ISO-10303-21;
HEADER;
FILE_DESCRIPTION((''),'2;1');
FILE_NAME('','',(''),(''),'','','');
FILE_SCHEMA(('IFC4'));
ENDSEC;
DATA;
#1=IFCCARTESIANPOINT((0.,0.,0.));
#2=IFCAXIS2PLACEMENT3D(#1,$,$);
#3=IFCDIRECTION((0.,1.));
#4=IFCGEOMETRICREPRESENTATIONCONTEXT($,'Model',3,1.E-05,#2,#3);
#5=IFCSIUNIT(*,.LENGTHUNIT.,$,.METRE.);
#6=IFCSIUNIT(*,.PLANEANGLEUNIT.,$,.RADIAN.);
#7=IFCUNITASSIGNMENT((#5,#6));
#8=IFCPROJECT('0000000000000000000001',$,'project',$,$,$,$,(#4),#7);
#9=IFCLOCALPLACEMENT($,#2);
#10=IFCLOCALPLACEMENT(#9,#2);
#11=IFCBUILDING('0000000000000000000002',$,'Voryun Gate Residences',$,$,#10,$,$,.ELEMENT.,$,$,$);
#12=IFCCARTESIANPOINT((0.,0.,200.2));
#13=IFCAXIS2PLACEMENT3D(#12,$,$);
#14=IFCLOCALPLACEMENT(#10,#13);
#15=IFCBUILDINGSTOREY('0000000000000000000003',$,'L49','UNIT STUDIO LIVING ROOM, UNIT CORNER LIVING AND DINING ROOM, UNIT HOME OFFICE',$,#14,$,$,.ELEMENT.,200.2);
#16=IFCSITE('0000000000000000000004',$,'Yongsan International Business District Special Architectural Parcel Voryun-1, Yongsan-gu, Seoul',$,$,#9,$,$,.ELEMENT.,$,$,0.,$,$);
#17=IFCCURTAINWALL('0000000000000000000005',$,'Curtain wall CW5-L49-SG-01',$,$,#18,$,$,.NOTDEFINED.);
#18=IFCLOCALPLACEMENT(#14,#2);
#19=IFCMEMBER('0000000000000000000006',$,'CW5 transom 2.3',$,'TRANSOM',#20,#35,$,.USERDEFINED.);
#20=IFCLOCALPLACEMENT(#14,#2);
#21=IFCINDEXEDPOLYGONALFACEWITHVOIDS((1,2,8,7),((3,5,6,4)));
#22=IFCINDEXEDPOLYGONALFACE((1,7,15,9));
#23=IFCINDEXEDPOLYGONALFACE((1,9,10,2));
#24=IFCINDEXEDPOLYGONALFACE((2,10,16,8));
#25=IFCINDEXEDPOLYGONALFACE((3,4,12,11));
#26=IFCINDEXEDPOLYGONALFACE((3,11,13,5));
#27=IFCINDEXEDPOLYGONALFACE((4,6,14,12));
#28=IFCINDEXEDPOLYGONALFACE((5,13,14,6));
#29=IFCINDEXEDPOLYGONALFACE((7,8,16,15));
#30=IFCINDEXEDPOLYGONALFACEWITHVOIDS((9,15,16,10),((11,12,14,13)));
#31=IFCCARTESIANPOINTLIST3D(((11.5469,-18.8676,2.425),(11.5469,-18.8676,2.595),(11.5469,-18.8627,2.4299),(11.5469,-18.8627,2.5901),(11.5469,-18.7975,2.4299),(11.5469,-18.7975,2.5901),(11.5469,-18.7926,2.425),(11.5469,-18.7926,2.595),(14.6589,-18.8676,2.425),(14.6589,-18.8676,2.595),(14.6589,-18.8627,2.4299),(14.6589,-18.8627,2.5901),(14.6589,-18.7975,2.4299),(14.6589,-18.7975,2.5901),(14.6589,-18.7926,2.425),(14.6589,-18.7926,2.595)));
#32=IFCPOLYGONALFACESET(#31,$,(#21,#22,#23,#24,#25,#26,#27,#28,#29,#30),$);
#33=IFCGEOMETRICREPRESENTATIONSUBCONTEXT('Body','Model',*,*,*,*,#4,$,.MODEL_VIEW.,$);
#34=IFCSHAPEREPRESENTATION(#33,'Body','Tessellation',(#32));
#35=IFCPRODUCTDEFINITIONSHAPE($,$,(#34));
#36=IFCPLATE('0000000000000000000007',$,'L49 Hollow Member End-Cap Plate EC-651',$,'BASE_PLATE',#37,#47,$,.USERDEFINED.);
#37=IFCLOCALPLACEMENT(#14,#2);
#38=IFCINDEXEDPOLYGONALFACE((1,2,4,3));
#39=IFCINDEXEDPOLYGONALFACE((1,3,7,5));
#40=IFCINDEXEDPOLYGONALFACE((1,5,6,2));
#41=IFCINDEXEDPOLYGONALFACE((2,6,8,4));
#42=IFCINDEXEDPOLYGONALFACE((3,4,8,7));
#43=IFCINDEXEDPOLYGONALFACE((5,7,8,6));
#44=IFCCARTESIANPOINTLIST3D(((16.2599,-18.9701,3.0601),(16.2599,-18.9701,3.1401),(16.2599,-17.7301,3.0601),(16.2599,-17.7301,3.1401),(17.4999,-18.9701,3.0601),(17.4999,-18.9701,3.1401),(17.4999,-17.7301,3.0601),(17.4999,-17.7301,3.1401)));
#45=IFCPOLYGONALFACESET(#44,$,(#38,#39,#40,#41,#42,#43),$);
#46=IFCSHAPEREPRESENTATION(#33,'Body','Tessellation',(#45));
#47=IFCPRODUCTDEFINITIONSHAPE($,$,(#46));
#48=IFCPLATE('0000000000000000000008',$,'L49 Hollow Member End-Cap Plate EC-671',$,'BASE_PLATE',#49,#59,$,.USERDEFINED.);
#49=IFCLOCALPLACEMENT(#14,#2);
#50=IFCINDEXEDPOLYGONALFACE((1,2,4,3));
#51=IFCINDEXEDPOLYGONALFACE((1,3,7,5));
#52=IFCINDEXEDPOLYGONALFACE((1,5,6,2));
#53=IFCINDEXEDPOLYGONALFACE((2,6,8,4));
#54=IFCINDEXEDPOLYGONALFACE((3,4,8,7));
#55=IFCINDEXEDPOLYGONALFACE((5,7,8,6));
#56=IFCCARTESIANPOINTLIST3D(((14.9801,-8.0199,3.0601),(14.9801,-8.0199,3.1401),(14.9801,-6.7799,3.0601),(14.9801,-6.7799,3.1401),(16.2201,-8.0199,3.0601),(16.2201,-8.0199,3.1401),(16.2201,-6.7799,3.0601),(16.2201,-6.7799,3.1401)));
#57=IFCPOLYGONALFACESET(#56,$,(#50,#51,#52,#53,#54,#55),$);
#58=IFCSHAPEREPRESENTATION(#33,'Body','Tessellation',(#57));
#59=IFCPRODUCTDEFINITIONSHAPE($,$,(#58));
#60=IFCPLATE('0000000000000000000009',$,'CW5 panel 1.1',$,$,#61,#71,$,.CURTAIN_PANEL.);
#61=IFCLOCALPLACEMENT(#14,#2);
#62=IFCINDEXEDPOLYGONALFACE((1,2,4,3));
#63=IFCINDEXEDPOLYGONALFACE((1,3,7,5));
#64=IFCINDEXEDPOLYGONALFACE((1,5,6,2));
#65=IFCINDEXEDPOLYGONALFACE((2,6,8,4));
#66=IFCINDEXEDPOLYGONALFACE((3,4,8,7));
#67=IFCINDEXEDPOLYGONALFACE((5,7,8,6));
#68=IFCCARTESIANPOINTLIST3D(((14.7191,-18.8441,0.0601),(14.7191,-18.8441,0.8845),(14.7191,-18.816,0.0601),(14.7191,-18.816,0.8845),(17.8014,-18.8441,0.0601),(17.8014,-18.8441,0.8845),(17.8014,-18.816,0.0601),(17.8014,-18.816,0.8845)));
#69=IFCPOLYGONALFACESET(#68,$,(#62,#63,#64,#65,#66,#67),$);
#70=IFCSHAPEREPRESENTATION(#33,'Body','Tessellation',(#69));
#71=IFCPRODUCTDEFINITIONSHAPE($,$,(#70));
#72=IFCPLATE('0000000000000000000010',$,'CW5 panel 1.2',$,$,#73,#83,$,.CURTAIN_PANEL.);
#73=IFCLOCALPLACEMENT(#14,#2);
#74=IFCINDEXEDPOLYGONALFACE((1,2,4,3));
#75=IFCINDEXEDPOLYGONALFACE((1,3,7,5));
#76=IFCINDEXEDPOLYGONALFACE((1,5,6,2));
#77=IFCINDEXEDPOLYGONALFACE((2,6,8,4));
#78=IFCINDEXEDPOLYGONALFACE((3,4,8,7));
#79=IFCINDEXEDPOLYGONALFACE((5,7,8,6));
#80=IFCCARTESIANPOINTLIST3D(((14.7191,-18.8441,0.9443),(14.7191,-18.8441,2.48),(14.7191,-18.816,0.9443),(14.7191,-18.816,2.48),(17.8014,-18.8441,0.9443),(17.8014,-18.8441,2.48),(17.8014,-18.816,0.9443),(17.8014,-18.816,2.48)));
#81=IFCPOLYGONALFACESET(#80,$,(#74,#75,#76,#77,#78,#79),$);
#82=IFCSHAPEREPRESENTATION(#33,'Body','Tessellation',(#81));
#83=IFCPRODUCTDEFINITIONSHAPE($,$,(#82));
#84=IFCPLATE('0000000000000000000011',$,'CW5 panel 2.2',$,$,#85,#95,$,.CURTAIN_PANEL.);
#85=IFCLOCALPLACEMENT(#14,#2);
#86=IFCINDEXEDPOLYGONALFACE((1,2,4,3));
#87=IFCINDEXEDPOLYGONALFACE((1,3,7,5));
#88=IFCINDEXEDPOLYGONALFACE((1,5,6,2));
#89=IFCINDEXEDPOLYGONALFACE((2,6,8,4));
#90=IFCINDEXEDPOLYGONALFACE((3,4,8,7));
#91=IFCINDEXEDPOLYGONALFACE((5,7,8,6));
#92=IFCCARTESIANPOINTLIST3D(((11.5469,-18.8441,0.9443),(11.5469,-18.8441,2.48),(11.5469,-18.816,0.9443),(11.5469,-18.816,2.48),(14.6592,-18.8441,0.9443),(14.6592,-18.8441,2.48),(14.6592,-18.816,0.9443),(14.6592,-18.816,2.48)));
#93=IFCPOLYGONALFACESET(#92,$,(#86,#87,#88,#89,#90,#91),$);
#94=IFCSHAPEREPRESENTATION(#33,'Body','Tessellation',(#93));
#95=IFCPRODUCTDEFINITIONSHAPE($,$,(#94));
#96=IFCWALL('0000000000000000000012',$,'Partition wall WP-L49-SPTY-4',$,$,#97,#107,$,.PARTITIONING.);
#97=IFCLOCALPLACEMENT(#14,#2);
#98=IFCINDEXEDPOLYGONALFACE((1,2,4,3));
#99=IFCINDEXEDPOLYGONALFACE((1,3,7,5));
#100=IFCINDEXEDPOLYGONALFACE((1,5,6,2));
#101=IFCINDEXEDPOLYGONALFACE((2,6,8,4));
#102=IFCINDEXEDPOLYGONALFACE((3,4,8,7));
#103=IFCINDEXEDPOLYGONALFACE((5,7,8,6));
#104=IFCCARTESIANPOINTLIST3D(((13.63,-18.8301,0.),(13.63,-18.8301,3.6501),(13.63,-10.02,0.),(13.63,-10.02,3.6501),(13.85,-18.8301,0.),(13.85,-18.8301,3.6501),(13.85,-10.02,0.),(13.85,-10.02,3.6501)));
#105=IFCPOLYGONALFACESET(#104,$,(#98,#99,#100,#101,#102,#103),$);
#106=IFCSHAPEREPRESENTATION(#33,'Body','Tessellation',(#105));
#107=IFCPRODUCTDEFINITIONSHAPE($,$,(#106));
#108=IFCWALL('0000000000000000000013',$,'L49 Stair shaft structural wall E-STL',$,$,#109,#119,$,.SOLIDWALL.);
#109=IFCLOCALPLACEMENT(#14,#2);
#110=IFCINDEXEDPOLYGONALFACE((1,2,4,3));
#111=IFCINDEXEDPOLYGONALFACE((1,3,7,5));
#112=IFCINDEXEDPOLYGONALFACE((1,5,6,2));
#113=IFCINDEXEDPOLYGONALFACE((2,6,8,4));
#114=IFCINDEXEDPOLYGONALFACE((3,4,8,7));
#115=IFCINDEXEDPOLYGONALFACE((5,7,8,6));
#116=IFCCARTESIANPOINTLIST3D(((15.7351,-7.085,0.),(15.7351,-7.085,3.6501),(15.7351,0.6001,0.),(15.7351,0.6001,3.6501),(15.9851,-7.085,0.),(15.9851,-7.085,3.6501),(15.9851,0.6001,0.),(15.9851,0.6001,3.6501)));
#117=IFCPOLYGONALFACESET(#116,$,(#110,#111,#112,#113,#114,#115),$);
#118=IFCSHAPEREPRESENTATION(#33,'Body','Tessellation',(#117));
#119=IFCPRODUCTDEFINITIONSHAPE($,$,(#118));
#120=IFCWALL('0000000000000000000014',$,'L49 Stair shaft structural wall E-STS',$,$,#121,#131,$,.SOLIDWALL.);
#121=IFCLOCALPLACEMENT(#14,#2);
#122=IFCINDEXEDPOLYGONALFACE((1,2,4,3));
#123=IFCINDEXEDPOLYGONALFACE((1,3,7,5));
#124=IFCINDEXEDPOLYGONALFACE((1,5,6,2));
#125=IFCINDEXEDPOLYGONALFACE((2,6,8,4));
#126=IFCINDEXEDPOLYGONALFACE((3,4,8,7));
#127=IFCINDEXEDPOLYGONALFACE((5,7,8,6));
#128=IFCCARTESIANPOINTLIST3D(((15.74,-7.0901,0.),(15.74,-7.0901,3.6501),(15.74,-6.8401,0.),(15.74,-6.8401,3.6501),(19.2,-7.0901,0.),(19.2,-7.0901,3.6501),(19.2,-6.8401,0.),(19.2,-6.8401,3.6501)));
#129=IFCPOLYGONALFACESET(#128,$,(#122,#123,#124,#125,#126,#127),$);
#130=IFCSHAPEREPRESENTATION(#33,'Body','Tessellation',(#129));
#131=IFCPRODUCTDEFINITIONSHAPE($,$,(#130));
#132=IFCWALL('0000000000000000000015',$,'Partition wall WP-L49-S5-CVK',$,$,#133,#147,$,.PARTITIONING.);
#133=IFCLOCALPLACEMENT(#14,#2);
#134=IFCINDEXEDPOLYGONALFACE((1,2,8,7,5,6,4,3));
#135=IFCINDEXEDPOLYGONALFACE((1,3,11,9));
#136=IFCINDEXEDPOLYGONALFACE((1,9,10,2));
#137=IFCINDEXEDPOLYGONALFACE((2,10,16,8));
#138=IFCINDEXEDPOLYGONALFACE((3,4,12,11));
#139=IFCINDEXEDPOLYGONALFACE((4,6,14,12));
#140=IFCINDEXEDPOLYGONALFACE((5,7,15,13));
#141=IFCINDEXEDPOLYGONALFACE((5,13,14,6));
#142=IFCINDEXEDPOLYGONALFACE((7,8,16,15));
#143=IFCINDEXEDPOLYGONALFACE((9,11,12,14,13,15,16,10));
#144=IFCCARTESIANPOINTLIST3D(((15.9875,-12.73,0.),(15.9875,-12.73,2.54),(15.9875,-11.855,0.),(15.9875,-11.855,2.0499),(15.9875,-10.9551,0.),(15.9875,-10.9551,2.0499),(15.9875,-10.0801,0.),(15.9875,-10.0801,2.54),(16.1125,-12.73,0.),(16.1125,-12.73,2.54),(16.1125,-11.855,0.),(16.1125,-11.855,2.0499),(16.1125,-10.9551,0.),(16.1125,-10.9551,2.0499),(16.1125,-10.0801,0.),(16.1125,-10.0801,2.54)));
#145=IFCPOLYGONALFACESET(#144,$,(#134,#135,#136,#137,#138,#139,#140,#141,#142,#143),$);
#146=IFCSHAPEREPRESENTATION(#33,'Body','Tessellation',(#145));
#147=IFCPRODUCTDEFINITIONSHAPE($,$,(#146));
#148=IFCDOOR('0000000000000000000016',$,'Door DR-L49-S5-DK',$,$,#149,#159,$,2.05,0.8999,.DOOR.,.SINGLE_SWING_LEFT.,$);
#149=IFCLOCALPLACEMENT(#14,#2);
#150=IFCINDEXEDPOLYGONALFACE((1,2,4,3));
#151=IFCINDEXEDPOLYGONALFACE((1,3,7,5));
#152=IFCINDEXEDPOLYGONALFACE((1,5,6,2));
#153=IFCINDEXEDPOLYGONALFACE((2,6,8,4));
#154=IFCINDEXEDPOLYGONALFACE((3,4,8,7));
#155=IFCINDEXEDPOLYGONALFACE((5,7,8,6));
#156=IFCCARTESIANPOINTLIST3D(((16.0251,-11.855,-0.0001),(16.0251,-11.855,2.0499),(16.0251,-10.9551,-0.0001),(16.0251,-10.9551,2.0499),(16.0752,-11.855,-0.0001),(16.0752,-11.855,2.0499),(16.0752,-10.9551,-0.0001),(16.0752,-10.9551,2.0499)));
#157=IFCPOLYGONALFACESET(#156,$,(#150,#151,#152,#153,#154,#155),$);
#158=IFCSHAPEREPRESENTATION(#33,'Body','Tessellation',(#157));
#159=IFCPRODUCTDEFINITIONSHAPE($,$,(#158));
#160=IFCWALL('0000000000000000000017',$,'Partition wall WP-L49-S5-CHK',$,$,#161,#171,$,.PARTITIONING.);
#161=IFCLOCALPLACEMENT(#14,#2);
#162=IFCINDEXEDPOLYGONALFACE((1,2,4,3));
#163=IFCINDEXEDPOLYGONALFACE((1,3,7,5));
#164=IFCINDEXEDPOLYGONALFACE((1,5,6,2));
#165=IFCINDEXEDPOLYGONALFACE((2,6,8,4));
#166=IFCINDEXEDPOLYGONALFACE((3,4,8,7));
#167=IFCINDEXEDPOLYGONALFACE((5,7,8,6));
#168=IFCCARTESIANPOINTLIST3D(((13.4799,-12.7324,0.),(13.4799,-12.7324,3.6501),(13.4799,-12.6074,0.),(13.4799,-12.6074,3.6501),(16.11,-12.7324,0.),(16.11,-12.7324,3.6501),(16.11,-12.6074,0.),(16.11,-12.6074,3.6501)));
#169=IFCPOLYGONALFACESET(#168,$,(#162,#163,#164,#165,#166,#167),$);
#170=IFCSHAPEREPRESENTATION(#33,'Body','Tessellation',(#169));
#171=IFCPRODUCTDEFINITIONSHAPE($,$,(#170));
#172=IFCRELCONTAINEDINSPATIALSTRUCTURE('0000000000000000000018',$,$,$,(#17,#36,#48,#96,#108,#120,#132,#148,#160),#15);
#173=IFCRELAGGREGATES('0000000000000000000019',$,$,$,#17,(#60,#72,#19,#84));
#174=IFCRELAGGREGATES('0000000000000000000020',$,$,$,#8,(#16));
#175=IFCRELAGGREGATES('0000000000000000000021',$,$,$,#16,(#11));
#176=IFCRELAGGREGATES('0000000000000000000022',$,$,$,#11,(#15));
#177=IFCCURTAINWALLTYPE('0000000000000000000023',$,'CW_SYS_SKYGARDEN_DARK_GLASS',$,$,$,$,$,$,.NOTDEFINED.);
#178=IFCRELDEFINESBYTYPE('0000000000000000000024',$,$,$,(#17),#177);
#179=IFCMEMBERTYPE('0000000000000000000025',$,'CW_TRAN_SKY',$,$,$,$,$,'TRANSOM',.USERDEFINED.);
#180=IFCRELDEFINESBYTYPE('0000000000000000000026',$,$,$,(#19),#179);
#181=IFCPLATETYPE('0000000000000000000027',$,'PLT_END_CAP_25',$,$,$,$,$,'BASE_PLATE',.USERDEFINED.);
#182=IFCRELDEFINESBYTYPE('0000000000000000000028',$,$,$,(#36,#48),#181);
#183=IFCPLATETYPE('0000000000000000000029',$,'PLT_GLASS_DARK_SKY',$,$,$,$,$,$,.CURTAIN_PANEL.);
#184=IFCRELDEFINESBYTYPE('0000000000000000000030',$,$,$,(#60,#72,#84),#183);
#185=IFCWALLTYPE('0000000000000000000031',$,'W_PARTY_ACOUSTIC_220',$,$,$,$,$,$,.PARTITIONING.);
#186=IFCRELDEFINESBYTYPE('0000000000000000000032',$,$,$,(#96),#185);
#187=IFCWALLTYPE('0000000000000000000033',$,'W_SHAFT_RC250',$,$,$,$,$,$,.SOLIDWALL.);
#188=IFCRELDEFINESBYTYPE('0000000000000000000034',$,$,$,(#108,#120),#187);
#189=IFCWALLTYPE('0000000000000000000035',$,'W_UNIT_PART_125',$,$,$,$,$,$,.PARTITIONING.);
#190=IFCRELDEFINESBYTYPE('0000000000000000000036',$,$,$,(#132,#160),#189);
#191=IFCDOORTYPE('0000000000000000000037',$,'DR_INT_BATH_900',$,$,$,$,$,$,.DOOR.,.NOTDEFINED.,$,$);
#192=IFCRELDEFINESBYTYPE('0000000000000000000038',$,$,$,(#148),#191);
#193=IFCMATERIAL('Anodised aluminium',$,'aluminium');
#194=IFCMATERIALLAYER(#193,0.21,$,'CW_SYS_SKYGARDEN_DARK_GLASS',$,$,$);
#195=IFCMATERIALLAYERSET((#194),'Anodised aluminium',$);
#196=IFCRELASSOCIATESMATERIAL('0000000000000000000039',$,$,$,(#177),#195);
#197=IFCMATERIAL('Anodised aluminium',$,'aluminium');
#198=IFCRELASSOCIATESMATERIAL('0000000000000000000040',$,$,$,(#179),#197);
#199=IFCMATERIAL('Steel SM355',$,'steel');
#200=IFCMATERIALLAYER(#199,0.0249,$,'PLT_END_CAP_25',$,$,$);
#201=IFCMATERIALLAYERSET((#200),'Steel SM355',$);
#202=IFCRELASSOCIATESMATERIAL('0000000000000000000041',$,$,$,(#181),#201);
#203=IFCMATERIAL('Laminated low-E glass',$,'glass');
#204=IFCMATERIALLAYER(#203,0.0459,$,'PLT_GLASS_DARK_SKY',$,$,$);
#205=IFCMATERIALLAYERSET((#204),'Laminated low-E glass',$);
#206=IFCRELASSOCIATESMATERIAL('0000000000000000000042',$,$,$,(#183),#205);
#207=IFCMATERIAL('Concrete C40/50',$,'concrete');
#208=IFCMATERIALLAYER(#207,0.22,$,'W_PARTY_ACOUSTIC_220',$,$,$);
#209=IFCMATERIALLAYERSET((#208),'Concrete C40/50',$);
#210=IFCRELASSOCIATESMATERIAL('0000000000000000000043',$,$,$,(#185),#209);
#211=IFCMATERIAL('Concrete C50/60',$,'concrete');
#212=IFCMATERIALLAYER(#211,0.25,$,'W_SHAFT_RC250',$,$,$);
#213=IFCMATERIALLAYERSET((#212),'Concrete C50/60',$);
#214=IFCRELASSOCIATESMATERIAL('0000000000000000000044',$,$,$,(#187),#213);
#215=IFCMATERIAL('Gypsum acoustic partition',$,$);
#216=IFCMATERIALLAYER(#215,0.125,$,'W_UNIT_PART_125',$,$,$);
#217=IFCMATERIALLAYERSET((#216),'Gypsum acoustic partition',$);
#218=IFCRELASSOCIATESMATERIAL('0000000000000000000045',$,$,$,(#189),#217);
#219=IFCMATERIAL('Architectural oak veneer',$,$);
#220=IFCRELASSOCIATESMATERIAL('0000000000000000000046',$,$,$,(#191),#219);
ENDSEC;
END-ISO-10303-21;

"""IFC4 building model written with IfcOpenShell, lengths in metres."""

from ifc_helpers import new_model, si_unit, direction, frame, frame_2d, origin, origin_2d, place, context, subcontext, project, spatial, rectangle, hollow_rectangle, extrude, material, layer, layer_set, material_profile, profile_set, type_object, element, fill, aggregate, save


model = new_model("IFC4")

# Units and contexts
model_context = context("Model", 3, precision=1e-05, world=origin(), true_north=direction((0.0, 1.0)))
body_context = subcontext(model_context, "Body", "Model", "MODEL_VIEW")
ifc_project = project(units=[si_unit("LENGTHUNIT", "METRE"), si_unit("PLANEANGLEUNIT", "RADIAN")], contexts=[model_context])

# Site, building, storey
site_placement = place(None, origin())
site = spatial("IfcSite", under=ifc_project, at=site_placement, Name="Yongsan International Business District Special Architectural Parcel Voryun-1, Yongsan-gu, Seoul", CompositionType="ELEMENT", RefElevation=0.0)
building_placement = place(site_placement, origin())
building = spatial("IfcBuilding", under=site, at=building_placement, Name="Voryun Gate Residences", CompositionType="ELEMENT")
storey_placement = place(building_placement, frame((0.0, 0.0, 200.2)))
storey = spatial("IfcBuildingStorey", under=building, at=storey_placement, Name="L49", Description="UNIT STUDIO LIVING ROOM, UNIT CORNER LIVING AND DINING ROOM, UNIT HOME OFFICE", CompositionType="ELEMENT", Elevation=200.2)

# Curtain wall, member
ifc_material_1 = material(Name="Anodised aluminium", Category="aluminium")
ifc_layer_1 = layer(ifc_material_1, 0.21, Name="CW_SYS_SKYGARDEN_DARK_GLASS")
ifc_layer_set_1 = layer_set([ifc_layer_1], Name="Anodised aluminium")
curtain_wall_type = type_object("IfcCurtainWallType", Name="CW_SYS_SKYGARDEN_DARK_GLASS", PredefinedType="NOTDEFINED", material=ifc_layer_set_1)
curtain_wall_placement = place(storey_placement, origin())
curtain_wall = element("IfcCurtainWall", 1, at=curtain_wall_placement, inside=storey, type_object=curtain_wall_type, Name="Curtain wall CW5-L49-SG-01", PredefinedType="NOTDEFINED")
ifc_material_2 = material(Name="Anodised aluminium", Category="aluminium")
ifc_material_profile_1 = material_profile(ifc_material_2, hollow_rectangle(XDim=0.075, YDim=0.1699, WallThickness=0.0049, at=origin_2d()), Name="ALU-TRAN-170x75x5")
ifc_profile_set_1 = profile_set([ifc_material_profile_1], Name="Anodised aluminium")
member_type_1 = type_object("IfcMemberType", Name="CW_TRAN_SKY", ElementType="TRANSOM", PredefinedType="USERDEFINED", material=ifc_profile_set_1)
member_1_placement = place(storey_placement, frame((14.6589, -18.8301, 2.51), z_axis=(-1.0, 0.0, 0.0), x_axis=(0.0, -1.0, 0.0)))
member_1 = element("IfcMember", 2, at=member_1_placement, type_object=member_type_1, Name="CW5 transom 2.3", ObjectType="TRANSOM", PredefinedType="USERDEFINED", context=body_context, shape_type="SweptSolid", body=[
    extrude(hollow_rectangle(XDim=0.075, YDim=0.1699, WallThickness=0.0049, at=origin_2d()), origin(), (0.0, 0.0, 1.0), 3.1121),
])

# Plates
ifc_material_3 = material(Name="Steel SM355", Category="steel")
ifc_layer_2 = layer(ifc_material_3, 0.0249, Name="PLT_END_CAP_25")
ifc_layer_set_2 = layer_set([ifc_layer_2], Name="Steel SM355")
plate_type_1 = type_object("IfcPlateType", Name="PLT_END_CAP_25", ElementType="BASE_PLATE", PredefinedType="USERDEFINED", material=ifc_layer_set_2)
for number, where, z_axis, x_axis, name in (
    (3, (16.8799, -18.3501, 3.0601), (0.0, 0.0, 1.0), (1.0, 0.0, 0.0), "L49 Hollow Member End-Cap Plate EC-651"),
    (4, (15.6001, -7.3999, 3.0601), (0.0, 0.0, 1.0), (1.0, 0.0, 0.0), "L49 Hollow Member End-Cap Plate EC-671"),
):
    element("IfcPlate", number, at=place(storey_placement, frame(where, z_axis=z_axis, x_axis=x_axis)), inside=storey, type_object=plate_type_1, Name=name, ObjectType="BASE_PLATE", PredefinedType="USERDEFINED", context=body_context, shape_type="SweptSolid", body=[
        extrude(rectangle(XDim=1.24, YDim=1.24, at=origin_2d()), origin(), (0.0, 0.0, 1.0), 0.0801),
    ])

# Plates
ifc_material_4 = material(Name="Laminated low-E glass", Category="glass")
ifc_layer_3 = layer(ifc_material_4, 0.0459, Name="PLT_GLASS_DARK_SKY")
ifc_layer_set_3 = layer_set([ifc_layer_3], Name="Laminated low-E glass")
plate_type_2 = type_object("IfcPlateType", Name="PLT_GLASS_DARK_SKY", PredefinedType="CURTAIN_PANEL", material=ifc_layer_set_3)
plate_1_placement = place(storey_placement, frame((16.2603, -18.8301, 0.0601), z_axis=(0.0, 0.0, 1.0), x_axis=(-1.0, 0.0, 0.0)))
plate_1 = element("IfcPlate", 5, at=plate_1_placement, type_object=plate_type_2, Name="CW5 panel 1.1", PredefinedType="CURTAIN_PANEL", context=body_context, shape_type="SweptSolid", body=[
    extrude(rectangle(XDim=3.0823, YDim=0.0281, at=origin_2d()), origin(), (0.0, 0.0, 1.0), 0.8245),
])
plate_2_placement = place(storey_placement, frame((16.2603, -18.8301, 0.9443), z_axis=(0.0, 0.0, 1.0), x_axis=(-1.0, 0.0, 0.0)))
plate_2 = element("IfcPlate", 6, at=plate_2_placement, type_object=plate_type_2, Name="CW5 panel 1.2", PredefinedType="CURTAIN_PANEL", context=body_context, shape_type="SweptSolid", body=[
    extrude(rectangle(XDim=3.0823, YDim=0.0281, at=origin_2d()), origin(), (0.0, 0.0, 1.0), 1.5356),
])
plate_3_placement = place(storey_placement, frame((13.103, -18.8301, 0.9443), z_axis=(0.0, 0.0, 1.0), x_axis=(-1.0, 0.0, 0.0)))
plate_3 = element("IfcPlate", 7, at=plate_3_placement, type_object=plate_type_2, Name="CW5 panel 2.2", PredefinedType="CURTAIN_PANEL", context=body_context, shape_type="SweptSolid", body=[
    extrude(rectangle(XDim=3.1123, YDim=0.0281, at=origin_2d()), origin(), (0.0, 0.0, 1.0), 1.5356),
])
aggregate(curtain_wall, [plate_1, plate_2, member_1, plate_3])

# Walls
ifc_material_5 = material(Name="Concrete C40/50", Category="concrete")
ifc_layer_4 = layer(ifc_material_5, 0.22, Name="W_PARTY_ACOUSTIC_220")
ifc_layer_set_4 = layer_set([ifc_layer_4], Name="Concrete C40/50")
wall_type_1 = type_object("IfcWallType", Name="W_PARTY_ACOUSTIC_220", PredefinedType="PARTITIONING", material=ifc_layer_set_4)
wall_1_placement = place(storey_placement, frame((13.74, -18.8301, 0.0), z_axis=(0.0, 0.0, 1.0), x_axis=(0.0, 1.0, 0.0)))
element("IfcWall", 8, at=wall_1_placement, inside=storey, type_object=wall_type_1, Name="Partition wall WP-L49-SPTY-4", PredefinedType="PARTITIONING", context=body_context, shape_type="SweptSolid", body=[
    extrude(rectangle(XDim=8.8101, YDim=0.22, at=frame_2d((4.405, 0.0))), origin(), (0.0, 0.0, 1.0), 3.6501),
])
ifc_material_6 = material(Name="Concrete C50/60", Category="concrete")
ifc_layer_5 = layer(ifc_material_6, 0.25, Name="W_SHAFT_RC250")
ifc_layer_set_5 = layer_set([ifc_layer_5], Name="Concrete C50/60")
wall_type_2 = type_object("IfcWallType", Name="W_SHAFT_RC250", PredefinedType="SOLIDWALL", material=ifc_layer_set_5)
wall_2_placement = place(storey_placement, frame((15.8601, -7.085, 0.0), z_axis=(0.0, 0.0, 1.0), x_axis=(0.0, 1.0, 0.0)))
element("IfcWall", 9, at=wall_2_placement, inside=storey, type_object=wall_type_2, Name="L49 Stair shaft structural wall E-STL", PredefinedType="SOLIDWALL", context=body_context, shape_type="SweptSolid", body=[
    extrude(rectangle(XDim=7.6851, YDim=0.25, at=frame_2d((3.8425, 0.0))), origin(), (0.0, 0.0, 1.0), 3.6501),
])
wall_3_placement = place(storey_placement, frame((15.74, -6.9651, 0.0), z_axis=(0.0, 0.0, 1.0), x_axis=(1.0, 0.0, 0.0)))
element("IfcWall", 10, at=wall_3_placement, inside=storey, type_object=wall_type_2, Name="L49 Stair shaft structural wall E-STS", PredefinedType="SOLIDWALL", context=body_context, shape_type="SweptSolid", body=[
    extrude(rectangle(XDim=3.46, YDim=0.25, at=frame_2d((1.73, 0.0))), origin(), (0.0, 0.0, 1.0), 3.6501),
])

# Wall, opening, door
ifc_material_7 = material(Name="Gypsum acoustic partition")
ifc_layer_6 = layer(ifc_material_7, 0.125, Name="W_UNIT_PART_125")
ifc_layer_set_6 = layer_set([ifc_layer_6], Name="Gypsum acoustic partition")
wall_type_3 = type_object("IfcWallType", Name="W_UNIT_PART_125", PredefinedType="PARTITIONING", material=ifc_layer_set_6)
wall_4_placement = place(storey_placement, frame((16.05, -12.73, 0.0), z_axis=(0.0, 0.0, 1.0), x_axis=(0.0, 1.0, 0.0)))
wall_4 = element("IfcWall", 11, at=wall_4_placement, inside=storey, type_object=wall_type_3, Name="Partition wall WP-L49-S5-CVK", PredefinedType="PARTITIONING", context=body_context, shape_type="SweptSolid", body=[
    extrude(rectangle(XDim=2.6499, YDim=0.125, at=frame_2d((1.325, 0.0))), origin(), (0.0, 0.0, 1.0), 2.54),
])
opening_1_placement = place(wall_4_placement, frame((0.875, 0.0, 0.0)))
opening_1 = element("IfcOpeningElement", 12, at=opening_1_placement, cuts=wall_4, PredefinedType="OPENING", context=body_context, shape_type="SweptSolid", body=[
    extrude(rectangle(XDim=0.8999, YDim=2.05, at=frame_2d((0.45, 1.0249))), frame((0.0, 0.0725, 0.0), z_axis=(0.0, -1.0, 0.0), x_axis=(1.0, 0.0, 0.0)), (0.0, 0.0, 1.0), 0.145),
])
ifc_material_8 = material(Name="Architectural oak veneer")
door_type = type_object("IfcDoorType", Name="DR_INT_BATH_900", OperationType="NOTDEFINED", PredefinedType="DOOR", material=ifc_material_8)
door_1_placement = place(opening_1_placement, origin())
door_1 = element("IfcDoor", 13, at=door_1_placement, inside=storey, type_object=door_type, Name="Door DR-L49-S5-DK", OperationType="SINGLE_SWING_LEFT", OverallHeight=2.05, OverallWidth=0.8999, PredefinedType="DOOR", context=body_context, shape_type="SweptSolid", body=[
    extrude(rectangle(XDim=0.8999, YDim=2.05, at=frame_2d((0.45, 1.0249))), frame((0.0, 0.0249, 0.0), z_axis=(0.0, -1.0, 0.0), x_axis=(1.0, 0.0, 0.0)), (0.0, 0.0, 1.0), 0.05),
])
fill(opening_1, door_1)

# Wall
wall_5_placement = place(storey_placement, frame((13.48, -12.6699, 0.0), z_axis=(0.0, 0.0, 1.0), x_axis=(1.0, 0.0, 0.0)))
element("IfcWall", 14, at=wall_5_placement, inside=storey, type_object=wall_type_3, Name="Partition wall WP-L49-S5-CHK", PredefinedType="PARTITIONING", context=body_context, shape_type="SweptSolid", body=[
    extrude(rectangle(XDim=2.6301, YDim=0.125, at=frame_2d((1.3149, 0.0))), origin(), (0.0, 0.0, 1.0), 3.6501),
])

save(model, "model.ifc")
